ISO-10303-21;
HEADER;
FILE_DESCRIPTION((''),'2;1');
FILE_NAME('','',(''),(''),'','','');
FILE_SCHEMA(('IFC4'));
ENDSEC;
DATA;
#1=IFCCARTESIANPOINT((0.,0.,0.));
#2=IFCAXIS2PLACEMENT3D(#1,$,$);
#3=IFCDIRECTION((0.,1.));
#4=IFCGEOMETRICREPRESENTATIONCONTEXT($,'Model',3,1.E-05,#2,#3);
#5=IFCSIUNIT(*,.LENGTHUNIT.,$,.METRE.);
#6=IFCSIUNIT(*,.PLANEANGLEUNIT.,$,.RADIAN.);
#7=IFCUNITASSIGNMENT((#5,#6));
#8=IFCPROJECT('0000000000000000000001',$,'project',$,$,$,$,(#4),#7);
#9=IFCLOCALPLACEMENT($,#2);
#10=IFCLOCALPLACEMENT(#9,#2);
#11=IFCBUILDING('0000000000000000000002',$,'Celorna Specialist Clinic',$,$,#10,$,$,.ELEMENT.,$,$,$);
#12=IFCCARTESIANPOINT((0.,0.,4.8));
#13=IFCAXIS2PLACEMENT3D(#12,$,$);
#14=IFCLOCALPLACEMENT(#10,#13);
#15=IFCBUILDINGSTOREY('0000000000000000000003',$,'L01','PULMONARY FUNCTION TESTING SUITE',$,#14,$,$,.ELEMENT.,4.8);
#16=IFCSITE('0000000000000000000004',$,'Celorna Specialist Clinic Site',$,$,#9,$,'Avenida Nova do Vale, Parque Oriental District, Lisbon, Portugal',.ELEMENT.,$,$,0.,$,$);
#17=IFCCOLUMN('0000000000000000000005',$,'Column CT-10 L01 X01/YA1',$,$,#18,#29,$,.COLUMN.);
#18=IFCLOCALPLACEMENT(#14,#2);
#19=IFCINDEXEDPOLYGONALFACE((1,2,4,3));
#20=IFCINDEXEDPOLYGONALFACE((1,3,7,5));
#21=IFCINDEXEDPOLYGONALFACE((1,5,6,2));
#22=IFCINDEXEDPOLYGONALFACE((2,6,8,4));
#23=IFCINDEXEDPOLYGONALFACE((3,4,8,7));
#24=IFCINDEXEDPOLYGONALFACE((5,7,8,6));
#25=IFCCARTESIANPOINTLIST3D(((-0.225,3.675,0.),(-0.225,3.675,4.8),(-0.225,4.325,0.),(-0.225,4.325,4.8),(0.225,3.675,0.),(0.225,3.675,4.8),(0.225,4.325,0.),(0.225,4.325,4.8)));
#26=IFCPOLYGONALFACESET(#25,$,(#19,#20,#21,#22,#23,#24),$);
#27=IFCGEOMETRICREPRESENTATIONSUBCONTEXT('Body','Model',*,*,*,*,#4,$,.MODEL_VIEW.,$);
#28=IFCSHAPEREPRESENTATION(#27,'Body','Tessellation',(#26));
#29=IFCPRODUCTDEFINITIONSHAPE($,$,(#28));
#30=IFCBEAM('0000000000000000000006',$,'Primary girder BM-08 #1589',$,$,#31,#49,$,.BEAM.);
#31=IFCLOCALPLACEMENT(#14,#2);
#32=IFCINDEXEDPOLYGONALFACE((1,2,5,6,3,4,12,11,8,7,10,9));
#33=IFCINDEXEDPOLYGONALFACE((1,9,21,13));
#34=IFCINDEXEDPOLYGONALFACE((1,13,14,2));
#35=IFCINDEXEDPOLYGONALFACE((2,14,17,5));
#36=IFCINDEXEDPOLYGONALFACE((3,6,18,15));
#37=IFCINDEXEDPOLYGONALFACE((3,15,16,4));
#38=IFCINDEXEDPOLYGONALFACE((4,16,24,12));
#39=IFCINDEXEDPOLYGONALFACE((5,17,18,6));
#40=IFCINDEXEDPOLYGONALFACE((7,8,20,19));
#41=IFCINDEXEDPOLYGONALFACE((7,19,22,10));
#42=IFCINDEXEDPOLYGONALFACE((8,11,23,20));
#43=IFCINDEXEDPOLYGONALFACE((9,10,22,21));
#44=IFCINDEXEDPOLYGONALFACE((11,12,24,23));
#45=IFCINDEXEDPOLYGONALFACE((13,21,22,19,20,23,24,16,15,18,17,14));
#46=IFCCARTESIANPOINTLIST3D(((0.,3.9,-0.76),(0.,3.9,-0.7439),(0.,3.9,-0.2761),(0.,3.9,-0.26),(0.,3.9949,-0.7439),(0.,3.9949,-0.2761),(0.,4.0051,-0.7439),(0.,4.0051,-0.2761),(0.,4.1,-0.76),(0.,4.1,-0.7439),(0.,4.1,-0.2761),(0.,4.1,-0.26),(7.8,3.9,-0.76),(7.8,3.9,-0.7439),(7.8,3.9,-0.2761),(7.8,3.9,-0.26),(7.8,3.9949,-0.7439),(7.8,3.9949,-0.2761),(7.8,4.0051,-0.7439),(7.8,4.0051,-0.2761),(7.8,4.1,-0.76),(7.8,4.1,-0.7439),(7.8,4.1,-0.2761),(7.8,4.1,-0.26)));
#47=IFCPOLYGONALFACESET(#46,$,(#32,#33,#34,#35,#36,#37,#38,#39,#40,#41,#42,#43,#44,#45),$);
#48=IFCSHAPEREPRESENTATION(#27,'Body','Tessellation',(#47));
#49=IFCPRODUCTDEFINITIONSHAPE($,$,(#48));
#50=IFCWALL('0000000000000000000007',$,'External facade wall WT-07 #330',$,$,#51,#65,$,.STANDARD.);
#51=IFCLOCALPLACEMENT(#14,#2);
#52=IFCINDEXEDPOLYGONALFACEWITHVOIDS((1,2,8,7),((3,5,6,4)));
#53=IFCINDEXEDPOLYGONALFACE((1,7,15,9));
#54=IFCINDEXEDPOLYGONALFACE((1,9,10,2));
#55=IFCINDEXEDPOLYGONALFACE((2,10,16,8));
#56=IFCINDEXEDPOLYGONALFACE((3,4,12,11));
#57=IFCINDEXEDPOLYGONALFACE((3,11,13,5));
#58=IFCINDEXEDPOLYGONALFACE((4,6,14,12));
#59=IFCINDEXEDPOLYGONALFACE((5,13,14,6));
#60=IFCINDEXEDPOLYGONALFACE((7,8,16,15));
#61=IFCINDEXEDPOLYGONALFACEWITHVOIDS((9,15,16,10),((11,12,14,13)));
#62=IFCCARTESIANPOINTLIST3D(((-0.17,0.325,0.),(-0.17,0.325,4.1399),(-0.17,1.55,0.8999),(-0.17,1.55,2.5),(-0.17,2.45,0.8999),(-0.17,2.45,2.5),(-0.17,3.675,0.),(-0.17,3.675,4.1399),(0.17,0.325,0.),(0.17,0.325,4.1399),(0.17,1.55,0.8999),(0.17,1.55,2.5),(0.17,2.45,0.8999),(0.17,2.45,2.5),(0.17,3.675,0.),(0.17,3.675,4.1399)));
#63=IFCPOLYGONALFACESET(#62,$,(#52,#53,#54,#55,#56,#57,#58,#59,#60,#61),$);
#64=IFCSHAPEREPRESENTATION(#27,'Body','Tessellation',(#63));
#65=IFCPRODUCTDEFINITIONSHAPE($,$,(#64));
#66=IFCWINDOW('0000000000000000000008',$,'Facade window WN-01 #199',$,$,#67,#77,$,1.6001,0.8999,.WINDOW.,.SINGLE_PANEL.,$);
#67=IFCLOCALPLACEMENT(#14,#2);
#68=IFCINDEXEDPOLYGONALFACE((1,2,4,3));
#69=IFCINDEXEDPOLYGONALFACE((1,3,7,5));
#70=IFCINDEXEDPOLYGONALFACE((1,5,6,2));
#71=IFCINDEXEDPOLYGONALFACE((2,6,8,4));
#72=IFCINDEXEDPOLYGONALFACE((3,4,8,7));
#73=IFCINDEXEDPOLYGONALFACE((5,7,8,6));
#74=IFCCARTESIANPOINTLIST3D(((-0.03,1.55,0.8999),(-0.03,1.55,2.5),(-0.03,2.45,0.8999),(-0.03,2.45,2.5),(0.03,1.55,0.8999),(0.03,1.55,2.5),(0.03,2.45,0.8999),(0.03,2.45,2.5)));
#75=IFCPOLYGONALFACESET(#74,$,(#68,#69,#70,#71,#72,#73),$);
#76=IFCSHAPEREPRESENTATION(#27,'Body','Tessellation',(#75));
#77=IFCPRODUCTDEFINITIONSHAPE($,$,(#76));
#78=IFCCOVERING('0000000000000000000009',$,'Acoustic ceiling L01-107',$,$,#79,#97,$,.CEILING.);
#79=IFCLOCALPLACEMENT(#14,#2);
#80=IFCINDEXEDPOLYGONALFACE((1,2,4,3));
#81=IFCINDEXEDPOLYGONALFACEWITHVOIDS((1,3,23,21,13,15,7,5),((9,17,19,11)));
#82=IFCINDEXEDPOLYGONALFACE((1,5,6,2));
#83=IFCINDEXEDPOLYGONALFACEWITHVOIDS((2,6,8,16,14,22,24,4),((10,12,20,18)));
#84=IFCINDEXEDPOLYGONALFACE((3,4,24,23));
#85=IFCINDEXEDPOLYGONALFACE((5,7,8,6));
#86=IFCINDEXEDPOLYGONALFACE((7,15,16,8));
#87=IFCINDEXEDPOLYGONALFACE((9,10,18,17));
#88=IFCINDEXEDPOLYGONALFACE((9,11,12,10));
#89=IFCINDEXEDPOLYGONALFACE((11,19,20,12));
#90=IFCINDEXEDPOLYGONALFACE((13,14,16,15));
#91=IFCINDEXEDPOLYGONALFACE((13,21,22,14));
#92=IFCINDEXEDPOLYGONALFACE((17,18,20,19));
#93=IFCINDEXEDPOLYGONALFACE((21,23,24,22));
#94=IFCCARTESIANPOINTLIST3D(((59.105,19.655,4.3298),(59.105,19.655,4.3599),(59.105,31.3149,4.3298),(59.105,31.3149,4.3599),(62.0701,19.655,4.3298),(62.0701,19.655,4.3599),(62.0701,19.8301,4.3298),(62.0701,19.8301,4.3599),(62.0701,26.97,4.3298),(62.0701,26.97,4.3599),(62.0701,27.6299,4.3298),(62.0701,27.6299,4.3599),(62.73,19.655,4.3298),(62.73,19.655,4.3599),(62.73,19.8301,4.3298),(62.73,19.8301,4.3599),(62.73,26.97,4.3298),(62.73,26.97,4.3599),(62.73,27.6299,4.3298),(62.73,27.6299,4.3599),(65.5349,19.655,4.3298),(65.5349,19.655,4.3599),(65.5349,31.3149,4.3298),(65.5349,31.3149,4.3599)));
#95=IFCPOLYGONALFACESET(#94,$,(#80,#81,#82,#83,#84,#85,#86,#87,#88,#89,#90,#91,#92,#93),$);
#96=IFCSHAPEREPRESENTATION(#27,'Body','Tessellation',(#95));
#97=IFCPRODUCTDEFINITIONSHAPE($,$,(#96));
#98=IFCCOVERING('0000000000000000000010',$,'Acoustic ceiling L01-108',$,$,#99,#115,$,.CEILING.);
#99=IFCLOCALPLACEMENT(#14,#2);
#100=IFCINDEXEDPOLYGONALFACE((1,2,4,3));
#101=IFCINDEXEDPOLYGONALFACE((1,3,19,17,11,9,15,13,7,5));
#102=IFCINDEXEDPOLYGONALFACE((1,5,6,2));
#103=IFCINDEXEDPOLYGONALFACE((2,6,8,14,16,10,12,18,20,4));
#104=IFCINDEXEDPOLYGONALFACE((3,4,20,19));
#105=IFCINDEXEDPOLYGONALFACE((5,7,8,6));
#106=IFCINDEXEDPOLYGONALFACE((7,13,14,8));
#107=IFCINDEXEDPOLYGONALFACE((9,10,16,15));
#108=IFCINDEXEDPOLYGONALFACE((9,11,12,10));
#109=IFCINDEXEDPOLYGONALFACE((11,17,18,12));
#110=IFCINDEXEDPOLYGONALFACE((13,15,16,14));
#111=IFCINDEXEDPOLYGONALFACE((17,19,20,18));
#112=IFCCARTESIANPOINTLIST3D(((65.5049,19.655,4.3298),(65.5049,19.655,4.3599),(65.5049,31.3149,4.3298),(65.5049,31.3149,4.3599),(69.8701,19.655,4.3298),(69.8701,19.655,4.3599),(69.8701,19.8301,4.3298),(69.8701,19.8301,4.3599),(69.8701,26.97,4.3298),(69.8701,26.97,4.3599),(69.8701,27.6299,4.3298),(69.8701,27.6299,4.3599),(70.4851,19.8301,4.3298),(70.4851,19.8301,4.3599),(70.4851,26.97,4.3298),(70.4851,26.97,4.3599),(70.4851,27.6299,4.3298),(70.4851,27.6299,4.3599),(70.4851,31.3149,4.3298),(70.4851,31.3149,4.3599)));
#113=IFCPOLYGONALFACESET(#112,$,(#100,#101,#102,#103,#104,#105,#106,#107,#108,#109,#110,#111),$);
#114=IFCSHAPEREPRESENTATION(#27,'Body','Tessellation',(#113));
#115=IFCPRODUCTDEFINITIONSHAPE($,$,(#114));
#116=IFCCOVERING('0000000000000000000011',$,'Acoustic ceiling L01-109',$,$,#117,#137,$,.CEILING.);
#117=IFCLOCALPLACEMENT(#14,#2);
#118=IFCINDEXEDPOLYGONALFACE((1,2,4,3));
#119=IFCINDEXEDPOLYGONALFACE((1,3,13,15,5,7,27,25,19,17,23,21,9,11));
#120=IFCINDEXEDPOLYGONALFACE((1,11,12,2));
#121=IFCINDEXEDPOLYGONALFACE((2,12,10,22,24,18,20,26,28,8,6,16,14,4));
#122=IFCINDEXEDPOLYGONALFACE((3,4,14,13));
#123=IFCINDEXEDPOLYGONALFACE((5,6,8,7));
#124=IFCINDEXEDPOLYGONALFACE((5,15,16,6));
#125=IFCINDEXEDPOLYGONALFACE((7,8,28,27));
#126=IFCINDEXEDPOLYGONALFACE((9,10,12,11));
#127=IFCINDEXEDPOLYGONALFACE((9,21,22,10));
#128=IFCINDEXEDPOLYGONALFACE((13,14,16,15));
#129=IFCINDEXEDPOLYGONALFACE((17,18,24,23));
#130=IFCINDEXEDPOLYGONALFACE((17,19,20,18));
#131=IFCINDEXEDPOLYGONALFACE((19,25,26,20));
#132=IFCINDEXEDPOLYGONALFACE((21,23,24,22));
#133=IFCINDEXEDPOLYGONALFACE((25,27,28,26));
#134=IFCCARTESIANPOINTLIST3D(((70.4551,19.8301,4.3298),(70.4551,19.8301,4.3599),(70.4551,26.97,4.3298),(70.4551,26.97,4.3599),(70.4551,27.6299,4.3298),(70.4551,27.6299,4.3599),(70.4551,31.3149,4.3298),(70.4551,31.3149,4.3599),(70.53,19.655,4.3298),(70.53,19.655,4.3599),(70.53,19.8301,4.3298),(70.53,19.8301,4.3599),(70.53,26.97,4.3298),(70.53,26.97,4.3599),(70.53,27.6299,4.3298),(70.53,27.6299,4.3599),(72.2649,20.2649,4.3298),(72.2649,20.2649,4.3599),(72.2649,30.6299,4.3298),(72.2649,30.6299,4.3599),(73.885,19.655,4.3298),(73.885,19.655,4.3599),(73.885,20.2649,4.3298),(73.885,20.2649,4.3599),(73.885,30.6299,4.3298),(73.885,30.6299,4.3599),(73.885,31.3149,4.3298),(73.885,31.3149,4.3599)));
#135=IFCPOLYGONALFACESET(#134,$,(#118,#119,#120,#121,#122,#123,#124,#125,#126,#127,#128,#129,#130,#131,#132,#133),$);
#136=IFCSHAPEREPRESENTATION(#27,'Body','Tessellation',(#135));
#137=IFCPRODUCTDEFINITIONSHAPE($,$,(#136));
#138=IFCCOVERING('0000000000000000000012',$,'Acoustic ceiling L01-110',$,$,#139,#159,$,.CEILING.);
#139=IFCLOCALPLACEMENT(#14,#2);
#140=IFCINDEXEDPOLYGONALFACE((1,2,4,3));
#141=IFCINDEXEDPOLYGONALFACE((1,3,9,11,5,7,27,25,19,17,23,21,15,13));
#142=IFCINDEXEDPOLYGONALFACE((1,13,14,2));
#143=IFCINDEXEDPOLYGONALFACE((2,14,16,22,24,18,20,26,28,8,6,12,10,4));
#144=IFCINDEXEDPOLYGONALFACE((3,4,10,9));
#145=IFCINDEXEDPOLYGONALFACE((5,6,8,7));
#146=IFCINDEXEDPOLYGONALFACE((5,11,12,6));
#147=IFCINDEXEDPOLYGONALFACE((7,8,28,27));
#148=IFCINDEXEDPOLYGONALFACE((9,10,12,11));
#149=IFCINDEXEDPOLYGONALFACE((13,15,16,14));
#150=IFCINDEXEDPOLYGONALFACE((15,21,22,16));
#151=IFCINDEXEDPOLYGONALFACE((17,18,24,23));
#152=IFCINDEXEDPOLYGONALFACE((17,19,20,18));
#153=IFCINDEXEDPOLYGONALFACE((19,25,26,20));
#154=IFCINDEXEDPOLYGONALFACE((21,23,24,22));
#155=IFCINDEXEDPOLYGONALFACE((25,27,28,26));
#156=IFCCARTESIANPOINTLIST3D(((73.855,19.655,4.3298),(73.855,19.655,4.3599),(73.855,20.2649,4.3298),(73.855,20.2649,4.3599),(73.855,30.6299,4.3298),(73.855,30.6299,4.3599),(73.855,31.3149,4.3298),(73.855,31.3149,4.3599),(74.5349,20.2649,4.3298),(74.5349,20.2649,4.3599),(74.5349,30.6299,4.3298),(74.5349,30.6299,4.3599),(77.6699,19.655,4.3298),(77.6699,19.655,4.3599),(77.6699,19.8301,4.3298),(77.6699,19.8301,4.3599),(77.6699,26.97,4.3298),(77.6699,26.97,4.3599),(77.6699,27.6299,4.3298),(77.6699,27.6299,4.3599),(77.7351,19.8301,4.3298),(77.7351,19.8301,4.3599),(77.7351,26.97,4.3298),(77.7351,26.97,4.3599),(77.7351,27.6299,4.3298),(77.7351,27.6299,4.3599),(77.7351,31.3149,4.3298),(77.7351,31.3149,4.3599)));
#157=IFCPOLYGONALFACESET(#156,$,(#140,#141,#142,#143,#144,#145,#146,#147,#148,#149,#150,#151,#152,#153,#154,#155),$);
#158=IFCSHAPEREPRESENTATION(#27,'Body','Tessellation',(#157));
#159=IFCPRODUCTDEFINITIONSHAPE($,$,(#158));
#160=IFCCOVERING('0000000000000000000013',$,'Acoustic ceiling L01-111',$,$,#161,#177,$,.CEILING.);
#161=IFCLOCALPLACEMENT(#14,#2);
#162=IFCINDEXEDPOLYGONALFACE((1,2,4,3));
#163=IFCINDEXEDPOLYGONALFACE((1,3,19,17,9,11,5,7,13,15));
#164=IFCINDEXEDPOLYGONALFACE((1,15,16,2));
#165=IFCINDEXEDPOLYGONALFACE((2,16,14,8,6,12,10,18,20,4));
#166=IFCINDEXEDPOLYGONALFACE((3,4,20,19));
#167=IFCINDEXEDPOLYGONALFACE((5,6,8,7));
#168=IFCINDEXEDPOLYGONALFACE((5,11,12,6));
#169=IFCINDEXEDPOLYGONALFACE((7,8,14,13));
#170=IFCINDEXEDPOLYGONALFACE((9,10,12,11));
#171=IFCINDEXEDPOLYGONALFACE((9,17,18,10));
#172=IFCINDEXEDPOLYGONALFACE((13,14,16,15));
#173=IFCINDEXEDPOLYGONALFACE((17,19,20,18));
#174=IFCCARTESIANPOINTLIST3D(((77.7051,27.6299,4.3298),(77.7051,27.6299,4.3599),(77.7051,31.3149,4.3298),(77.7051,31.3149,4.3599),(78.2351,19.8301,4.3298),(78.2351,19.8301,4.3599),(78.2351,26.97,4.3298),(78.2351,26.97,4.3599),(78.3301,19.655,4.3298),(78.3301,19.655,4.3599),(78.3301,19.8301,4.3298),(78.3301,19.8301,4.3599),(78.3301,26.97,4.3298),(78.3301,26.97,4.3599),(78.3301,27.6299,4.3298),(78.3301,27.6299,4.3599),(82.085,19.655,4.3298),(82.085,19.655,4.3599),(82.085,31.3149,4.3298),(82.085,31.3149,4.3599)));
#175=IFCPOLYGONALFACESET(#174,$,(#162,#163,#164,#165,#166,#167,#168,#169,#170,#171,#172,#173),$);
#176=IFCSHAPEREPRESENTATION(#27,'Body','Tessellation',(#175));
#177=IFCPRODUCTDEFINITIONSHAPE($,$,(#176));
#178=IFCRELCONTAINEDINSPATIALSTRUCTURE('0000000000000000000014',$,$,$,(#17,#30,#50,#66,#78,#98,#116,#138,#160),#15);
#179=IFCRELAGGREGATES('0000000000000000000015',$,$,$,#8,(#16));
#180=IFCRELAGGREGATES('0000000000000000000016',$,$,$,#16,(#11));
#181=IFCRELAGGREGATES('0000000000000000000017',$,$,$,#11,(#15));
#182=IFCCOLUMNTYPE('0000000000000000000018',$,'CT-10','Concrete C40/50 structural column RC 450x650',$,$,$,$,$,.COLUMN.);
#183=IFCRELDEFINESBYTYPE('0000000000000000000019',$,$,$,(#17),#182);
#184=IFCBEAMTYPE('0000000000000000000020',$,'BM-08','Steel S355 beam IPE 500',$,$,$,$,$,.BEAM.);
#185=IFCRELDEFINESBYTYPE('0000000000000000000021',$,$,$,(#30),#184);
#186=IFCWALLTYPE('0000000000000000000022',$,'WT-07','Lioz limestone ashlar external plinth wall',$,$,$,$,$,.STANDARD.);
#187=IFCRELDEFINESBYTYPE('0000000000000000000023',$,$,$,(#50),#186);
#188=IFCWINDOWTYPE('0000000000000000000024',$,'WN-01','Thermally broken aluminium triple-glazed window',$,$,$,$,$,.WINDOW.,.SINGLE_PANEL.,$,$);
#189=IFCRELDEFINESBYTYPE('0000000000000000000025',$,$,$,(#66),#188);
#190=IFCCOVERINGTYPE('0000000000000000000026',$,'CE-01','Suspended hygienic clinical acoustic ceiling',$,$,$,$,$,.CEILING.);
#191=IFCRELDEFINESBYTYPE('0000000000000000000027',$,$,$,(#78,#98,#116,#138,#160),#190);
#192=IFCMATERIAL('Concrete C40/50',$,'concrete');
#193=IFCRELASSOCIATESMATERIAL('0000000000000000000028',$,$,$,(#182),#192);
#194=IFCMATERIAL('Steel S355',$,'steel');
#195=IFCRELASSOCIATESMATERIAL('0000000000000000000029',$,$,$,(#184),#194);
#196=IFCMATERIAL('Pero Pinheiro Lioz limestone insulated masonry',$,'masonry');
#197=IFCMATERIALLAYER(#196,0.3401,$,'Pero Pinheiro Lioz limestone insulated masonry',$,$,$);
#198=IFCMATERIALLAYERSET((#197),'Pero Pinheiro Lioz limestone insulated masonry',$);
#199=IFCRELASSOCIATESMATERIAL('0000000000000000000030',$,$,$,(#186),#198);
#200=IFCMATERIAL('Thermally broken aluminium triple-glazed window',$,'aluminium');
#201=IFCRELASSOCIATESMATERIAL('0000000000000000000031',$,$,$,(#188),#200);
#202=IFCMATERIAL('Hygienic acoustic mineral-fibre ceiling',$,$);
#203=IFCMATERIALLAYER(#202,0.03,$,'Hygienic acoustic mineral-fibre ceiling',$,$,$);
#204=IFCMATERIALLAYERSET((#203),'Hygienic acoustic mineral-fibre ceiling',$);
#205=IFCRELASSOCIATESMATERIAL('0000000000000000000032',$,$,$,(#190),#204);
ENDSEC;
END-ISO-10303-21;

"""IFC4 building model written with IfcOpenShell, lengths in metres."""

from ifc_helpers import new_model, si_unit, direction, frame, frame_2d, origin, origin_2d, place, context, subcontext, project, spatial, polyline, rectangle, i_section, outline, extrude, material, layer, layer_set, material_profile, profile_set, type_object, element, fill, save


model = new_model("IFC4")

# Units and contexts
model_context = context("Model", 3, precision=1e-05, world=origin(), true_north=direction((0.0, 1.0)))
body_context = subcontext(model_context, "Body", "Model", "MODEL_VIEW")
ifc_project = project(units=[si_unit("LENGTHUNIT", "METRE"), si_unit("PLANEANGLEUNIT", "RADIAN")], contexts=[model_context])

# Site, building, storey
site_placement = place(None, origin())
site = spatial("IfcSite", under=ifc_project, at=site_placement, Name="Celorna Specialist Clinic Site", LongName="Avenida Nova do Vale, Parque Oriental District, Lisbon, Portugal", CompositionType="ELEMENT", RefElevation=0.0)
building_placement = place(site_placement, origin())
building = spatial("IfcBuilding", under=site, at=building_placement, Name="Celorna Specialist Clinic", CompositionType="ELEMENT")
storey_placement = place(building_placement, frame((0.0, 0.0, 4.8)))
storey = spatial("IfcBuildingStorey", under=building, at=storey_placement, Name="L01", Description="PULMONARY FUNCTION TESTING SUITE", CompositionType="ELEMENT", Elevation=4.8)

# Column
ifc_material_1 = material(Name="Concrete C40/50", Category="concrete")
ifc_material_profile_1 = material_profile(ifc_material_1, rectangle(XDim=0.45, YDim=0.6499, at=origin_2d()), Name="RC 450x650")
ifc_profile_set_1 = profile_set([ifc_material_profile_1], Name="Concrete C40/50")
column_type = type_object("IfcColumnType", Name="CT-10", Description="Concrete C40/50 structural column RC 450x650", PredefinedType="COLUMN", material=ifc_profile_set_1)
column_placement = place(storey_placement, frame((0.0, 4.0, 0.0), z_axis=(0.0, 0.0, 1.0), x_axis=(1.0, 0.0, 0.0)))
element("IfcColumn", 1, at=column_placement, inside=storey, type_object=column_type, Name="Column CT-10 L01 X01/YA1", PredefinedType="COLUMN", context=body_context, shape_type="SweptSolid", body=[
    extrude(rectangle(XDim=0.45, YDim=0.6499, at=origin_2d()), origin(), (0.0, 0.0, 1.0), 4.8),
])

# Beam
ifc_material_2 = material(Name="Steel S355", Category="steel")
ifc_material_profile_2 = material_profile(ifc_material_2, i_section(OverallWidth=0.2, OverallDepth=0.5, WebThickness=0.0103, FlangeThickness=0.0161, at=origin_2d()), Name="IPE 500")
ifc_profile_set_2 = profile_set([ifc_material_profile_2], Name="Steel S355")
beam_type = type_object("IfcBeamType", Name="BM-08", Description="Steel S355 beam IPE 500", PredefinedType="BEAM", material=ifc_profile_set_2)
beam_placement = place(storey_placement, frame((0.0, 4.0, -0.51), z_axis=(1.0, 0.0, 0.0), x_axis=(0.0, 1.0, 0.0)))
element("IfcBeam", 2, at=beam_placement, inside=storey, type_object=beam_type, Name="Primary girder BM-08 #1589", PredefinedType="BEAM", context=body_context, shape_type="SweptSolid", body=[
    extrude(i_section(OverallWidth=0.2, OverallDepth=0.5, WebThickness=0.0103, FlangeThickness=0.0161, at=origin_2d()), origin(), (0.0, 0.0, 1.0), 7.8),
])

# Wall, opening, window
ifc_material_3 = material(Name="Pero Pinheiro Lioz limestone insulated masonry", Category="masonry")
ifc_layer_1 = layer(ifc_material_3, 0.3401, Name="Pero Pinheiro Lioz limestone insulated masonry")
ifc_layer_set_1 = layer_set([ifc_layer_1], Name="Pero Pinheiro Lioz limestone insulated masonry")
wall_type = type_object("IfcWallType", Name="WT-07", Description="Lioz limestone ashlar external plinth wall", PredefinedType="STANDARD", material=ifc_layer_set_1)
wall_placement = place(storey_placement, frame((0.0, 0.325, 0.0), z_axis=(0.0, 0.0, 1.0), x_axis=(0.0, 1.0, 0.0)))
wall = element("IfcWall", 3, at=wall_placement, inside=storey, type_object=wall_type, Name="External facade wall WT-07 #330", PredefinedType="STANDARD", context=body_context, shape_type="SweptSolid", body=[
    extrude(rectangle(XDim=3.3501, YDim=0.3401, at=frame_2d((1.675, 0.0))), origin(), (0.0, 0.0, 1.0), 4.1399),
])
opening_placement = place(wall_placement, frame((1.2251, 0.0, 0.8999)))
opening = element("IfcOpeningElement", 4, at=opening_placement, cuts=wall, PredefinedType="OPENING", context=body_context, shape_type="SweptSolid", body=[
    extrude(rectangle(XDim=0.8999, YDim=1.6001, at=frame_2d((0.45, 0.8))), frame((0.0, 0.1799, 0.0), z_axis=(0.0, -1.0, 0.0), x_axis=(1.0, 0.0, 0.0)), (0.0, 0.0, 1.0), 0.3601),
])
ifc_material_4 = material(Name="Thermally broken aluminium triple-glazed window", Category="aluminium")
window_type = type_object("IfcWindowType", Name="WN-01", Description="Thermally broken aluminium triple-glazed window", PartitioningType="SINGLE_PANEL", PredefinedType="WINDOW", material=ifc_material_4)
window_placement = place(opening_placement, origin())
window = element("IfcWindow", 5, at=window_placement, inside=storey, type_object=window_type, Name="Facade window WN-01 #199", OverallHeight=1.6001, OverallWidth=0.8999, PartitioningType="SINGLE_PANEL", PredefinedType="WINDOW", context=body_context, shape_type="SweptSolid", body=[
    extrude(rectangle(XDim=0.8999, YDim=1.6001, at=frame_2d((0.45, 0.8))), frame((0.0, 0.03, 0.0), z_axis=(0.0, -1.0, 0.0), x_axis=(1.0, 0.0, 0.0)), (0.0, 0.0, 1.0), 0.0601),
])
fill(opening, window)

# Coverings
ifc_material_5 = material(Name="Hygienic acoustic mineral-fibre ceiling")
ifc_layer_2 = layer(ifc_material_5, 0.03, Name="Hygienic acoustic mineral-fibre ceiling")
ifc_layer_set_2 = layer_set([ifc_layer_2], Name="Hygienic acoustic mineral-fibre ceiling")
covering_type_1 = type_object("IfcCoveringType", Name="CE-01", Description="Suspended hygienic clinical acoustic ceiling", PredefinedType="CEILING", material=ifc_layer_set_2)
covering_1_placement = place(storey_placement, frame((0.0, 0.0, 4.3298)))
element("IfcCovering", 6, at=covering_1_placement, inside=storey, type_object=covering_type_1, Name="Acoustic ceiling L01-107", PredefinedType="CEILING", context=body_context, shape_type="SweptSolid", body=[
    extrude(outline(polyline([(65.5349, 31.3149), (65.5349, 19.655), (62.73, 19.655), (62.73, 19.8301), (62.0701, 19.8301), (62.0701, 19.655), (59.105, 19.655), (59.105, 31.3149), (65.5349, 31.3149)]), holes=[polyline([(62.73, 26.97), (62.73, 27.6299), (62.0701, 27.6299), (62.0701, 26.97), (62.73, 26.97)])]), origin(), (0.0, 0.0, 1.0), 0.03),
])
covering_2_placement = place(storey_placement, frame((0.0, 0.0, 4.3298)))
element("IfcCovering", 7, at=covering_2_placement, inside=storey, type_object=covering_type_1, Name="Acoustic ceiling L01-108", PredefinedType="CEILING", context=body_context, shape_type="SweptSolid", body=[
    extrude(outline(polyline([(70.4851, 31.3149), (70.4851, 27.6299), (69.8701, 27.6299), (69.8701, 26.97), (70.4851, 26.97), (70.4851, 19.8301), (69.8701, 19.8301), (69.8701, 19.655), (65.5049, 19.655), (65.5049, 31.3149), (70.4851, 31.3149)])), origin(), (0.0, 0.0, 1.0), 0.03),
])
covering_3_placement = place(storey_placement, frame((0.0, 0.0, 4.3298)))
element("IfcCovering", 8, at=covering_3_placement, inside=storey, type_object=covering_type_1, Name="Acoustic ceiling L01-109", PredefinedType="CEILING", context=body_context, shape_type="SweptSolid", body=[
    extrude(outline(polyline([(70.4551, 26.97), (70.53, 26.97), (70.53, 27.6299), (70.4551, 27.6299), (70.4551, 31.3149), (73.885, 31.3149), (73.885, 30.6299), (72.2649, 30.6299), (72.2649, 20.2649), (73.885, 20.2649), (73.885, 19.655), (70.53, 19.655), (70.53, 19.8301), (70.4551, 19.8301), (70.4551, 26.97)])), origin(), (0.0, 0.0, 1.0), 0.03),
])
covering_4_placement = place(storey_placement, frame((0.0, 0.0, 4.3298)))
element("IfcCovering", 9, at=covering_4_placement, inside=storey, type_object=covering_type_1, Name="Acoustic ceiling L01-110", PredefinedType="CEILING", context=body_context, shape_type="SweptSolid", body=[
    extrude(outline(polyline([(73.855, 19.655), (73.855, 20.2649), (74.5349, 20.2649), (74.5349, 30.6299), (73.855, 30.6299), (73.855, 31.3149), (77.7351, 31.3149), (77.7351, 27.6299), (77.6699, 27.6299), (77.6699, 26.97), (77.7351, 26.97), (77.7351, 19.8301), (77.6699, 19.8301), (77.6699, 19.655), (73.855, 19.655)])), origin(), (0.0, 0.0, 1.0), 0.03),
])
covering_5_placement = place(storey_placement, frame((0.0, 0.0, 4.3298)))
element("IfcCovering", 10, at=covering_5_placement, inside=storey, type_object=covering_type_1, Name="Acoustic ceiling L01-111", PredefinedType="CEILING", context=body_context, shape_type="SweptSolid", body=[
    extrude(outline(polyline([(82.085, 31.3149), (82.085, 19.655), (78.3301, 19.655), (78.3301, 19.8301), (78.2351, 19.8301), (78.2351, 26.97), (78.3301, 26.97), (78.3301, 27.6299), (77.7051, 27.6299), (77.7051, 31.3149), (82.085, 31.3149)])), origin(), (0.0, 0.0, 1.0), 0.03),
])

save(model, "model.ifc")
